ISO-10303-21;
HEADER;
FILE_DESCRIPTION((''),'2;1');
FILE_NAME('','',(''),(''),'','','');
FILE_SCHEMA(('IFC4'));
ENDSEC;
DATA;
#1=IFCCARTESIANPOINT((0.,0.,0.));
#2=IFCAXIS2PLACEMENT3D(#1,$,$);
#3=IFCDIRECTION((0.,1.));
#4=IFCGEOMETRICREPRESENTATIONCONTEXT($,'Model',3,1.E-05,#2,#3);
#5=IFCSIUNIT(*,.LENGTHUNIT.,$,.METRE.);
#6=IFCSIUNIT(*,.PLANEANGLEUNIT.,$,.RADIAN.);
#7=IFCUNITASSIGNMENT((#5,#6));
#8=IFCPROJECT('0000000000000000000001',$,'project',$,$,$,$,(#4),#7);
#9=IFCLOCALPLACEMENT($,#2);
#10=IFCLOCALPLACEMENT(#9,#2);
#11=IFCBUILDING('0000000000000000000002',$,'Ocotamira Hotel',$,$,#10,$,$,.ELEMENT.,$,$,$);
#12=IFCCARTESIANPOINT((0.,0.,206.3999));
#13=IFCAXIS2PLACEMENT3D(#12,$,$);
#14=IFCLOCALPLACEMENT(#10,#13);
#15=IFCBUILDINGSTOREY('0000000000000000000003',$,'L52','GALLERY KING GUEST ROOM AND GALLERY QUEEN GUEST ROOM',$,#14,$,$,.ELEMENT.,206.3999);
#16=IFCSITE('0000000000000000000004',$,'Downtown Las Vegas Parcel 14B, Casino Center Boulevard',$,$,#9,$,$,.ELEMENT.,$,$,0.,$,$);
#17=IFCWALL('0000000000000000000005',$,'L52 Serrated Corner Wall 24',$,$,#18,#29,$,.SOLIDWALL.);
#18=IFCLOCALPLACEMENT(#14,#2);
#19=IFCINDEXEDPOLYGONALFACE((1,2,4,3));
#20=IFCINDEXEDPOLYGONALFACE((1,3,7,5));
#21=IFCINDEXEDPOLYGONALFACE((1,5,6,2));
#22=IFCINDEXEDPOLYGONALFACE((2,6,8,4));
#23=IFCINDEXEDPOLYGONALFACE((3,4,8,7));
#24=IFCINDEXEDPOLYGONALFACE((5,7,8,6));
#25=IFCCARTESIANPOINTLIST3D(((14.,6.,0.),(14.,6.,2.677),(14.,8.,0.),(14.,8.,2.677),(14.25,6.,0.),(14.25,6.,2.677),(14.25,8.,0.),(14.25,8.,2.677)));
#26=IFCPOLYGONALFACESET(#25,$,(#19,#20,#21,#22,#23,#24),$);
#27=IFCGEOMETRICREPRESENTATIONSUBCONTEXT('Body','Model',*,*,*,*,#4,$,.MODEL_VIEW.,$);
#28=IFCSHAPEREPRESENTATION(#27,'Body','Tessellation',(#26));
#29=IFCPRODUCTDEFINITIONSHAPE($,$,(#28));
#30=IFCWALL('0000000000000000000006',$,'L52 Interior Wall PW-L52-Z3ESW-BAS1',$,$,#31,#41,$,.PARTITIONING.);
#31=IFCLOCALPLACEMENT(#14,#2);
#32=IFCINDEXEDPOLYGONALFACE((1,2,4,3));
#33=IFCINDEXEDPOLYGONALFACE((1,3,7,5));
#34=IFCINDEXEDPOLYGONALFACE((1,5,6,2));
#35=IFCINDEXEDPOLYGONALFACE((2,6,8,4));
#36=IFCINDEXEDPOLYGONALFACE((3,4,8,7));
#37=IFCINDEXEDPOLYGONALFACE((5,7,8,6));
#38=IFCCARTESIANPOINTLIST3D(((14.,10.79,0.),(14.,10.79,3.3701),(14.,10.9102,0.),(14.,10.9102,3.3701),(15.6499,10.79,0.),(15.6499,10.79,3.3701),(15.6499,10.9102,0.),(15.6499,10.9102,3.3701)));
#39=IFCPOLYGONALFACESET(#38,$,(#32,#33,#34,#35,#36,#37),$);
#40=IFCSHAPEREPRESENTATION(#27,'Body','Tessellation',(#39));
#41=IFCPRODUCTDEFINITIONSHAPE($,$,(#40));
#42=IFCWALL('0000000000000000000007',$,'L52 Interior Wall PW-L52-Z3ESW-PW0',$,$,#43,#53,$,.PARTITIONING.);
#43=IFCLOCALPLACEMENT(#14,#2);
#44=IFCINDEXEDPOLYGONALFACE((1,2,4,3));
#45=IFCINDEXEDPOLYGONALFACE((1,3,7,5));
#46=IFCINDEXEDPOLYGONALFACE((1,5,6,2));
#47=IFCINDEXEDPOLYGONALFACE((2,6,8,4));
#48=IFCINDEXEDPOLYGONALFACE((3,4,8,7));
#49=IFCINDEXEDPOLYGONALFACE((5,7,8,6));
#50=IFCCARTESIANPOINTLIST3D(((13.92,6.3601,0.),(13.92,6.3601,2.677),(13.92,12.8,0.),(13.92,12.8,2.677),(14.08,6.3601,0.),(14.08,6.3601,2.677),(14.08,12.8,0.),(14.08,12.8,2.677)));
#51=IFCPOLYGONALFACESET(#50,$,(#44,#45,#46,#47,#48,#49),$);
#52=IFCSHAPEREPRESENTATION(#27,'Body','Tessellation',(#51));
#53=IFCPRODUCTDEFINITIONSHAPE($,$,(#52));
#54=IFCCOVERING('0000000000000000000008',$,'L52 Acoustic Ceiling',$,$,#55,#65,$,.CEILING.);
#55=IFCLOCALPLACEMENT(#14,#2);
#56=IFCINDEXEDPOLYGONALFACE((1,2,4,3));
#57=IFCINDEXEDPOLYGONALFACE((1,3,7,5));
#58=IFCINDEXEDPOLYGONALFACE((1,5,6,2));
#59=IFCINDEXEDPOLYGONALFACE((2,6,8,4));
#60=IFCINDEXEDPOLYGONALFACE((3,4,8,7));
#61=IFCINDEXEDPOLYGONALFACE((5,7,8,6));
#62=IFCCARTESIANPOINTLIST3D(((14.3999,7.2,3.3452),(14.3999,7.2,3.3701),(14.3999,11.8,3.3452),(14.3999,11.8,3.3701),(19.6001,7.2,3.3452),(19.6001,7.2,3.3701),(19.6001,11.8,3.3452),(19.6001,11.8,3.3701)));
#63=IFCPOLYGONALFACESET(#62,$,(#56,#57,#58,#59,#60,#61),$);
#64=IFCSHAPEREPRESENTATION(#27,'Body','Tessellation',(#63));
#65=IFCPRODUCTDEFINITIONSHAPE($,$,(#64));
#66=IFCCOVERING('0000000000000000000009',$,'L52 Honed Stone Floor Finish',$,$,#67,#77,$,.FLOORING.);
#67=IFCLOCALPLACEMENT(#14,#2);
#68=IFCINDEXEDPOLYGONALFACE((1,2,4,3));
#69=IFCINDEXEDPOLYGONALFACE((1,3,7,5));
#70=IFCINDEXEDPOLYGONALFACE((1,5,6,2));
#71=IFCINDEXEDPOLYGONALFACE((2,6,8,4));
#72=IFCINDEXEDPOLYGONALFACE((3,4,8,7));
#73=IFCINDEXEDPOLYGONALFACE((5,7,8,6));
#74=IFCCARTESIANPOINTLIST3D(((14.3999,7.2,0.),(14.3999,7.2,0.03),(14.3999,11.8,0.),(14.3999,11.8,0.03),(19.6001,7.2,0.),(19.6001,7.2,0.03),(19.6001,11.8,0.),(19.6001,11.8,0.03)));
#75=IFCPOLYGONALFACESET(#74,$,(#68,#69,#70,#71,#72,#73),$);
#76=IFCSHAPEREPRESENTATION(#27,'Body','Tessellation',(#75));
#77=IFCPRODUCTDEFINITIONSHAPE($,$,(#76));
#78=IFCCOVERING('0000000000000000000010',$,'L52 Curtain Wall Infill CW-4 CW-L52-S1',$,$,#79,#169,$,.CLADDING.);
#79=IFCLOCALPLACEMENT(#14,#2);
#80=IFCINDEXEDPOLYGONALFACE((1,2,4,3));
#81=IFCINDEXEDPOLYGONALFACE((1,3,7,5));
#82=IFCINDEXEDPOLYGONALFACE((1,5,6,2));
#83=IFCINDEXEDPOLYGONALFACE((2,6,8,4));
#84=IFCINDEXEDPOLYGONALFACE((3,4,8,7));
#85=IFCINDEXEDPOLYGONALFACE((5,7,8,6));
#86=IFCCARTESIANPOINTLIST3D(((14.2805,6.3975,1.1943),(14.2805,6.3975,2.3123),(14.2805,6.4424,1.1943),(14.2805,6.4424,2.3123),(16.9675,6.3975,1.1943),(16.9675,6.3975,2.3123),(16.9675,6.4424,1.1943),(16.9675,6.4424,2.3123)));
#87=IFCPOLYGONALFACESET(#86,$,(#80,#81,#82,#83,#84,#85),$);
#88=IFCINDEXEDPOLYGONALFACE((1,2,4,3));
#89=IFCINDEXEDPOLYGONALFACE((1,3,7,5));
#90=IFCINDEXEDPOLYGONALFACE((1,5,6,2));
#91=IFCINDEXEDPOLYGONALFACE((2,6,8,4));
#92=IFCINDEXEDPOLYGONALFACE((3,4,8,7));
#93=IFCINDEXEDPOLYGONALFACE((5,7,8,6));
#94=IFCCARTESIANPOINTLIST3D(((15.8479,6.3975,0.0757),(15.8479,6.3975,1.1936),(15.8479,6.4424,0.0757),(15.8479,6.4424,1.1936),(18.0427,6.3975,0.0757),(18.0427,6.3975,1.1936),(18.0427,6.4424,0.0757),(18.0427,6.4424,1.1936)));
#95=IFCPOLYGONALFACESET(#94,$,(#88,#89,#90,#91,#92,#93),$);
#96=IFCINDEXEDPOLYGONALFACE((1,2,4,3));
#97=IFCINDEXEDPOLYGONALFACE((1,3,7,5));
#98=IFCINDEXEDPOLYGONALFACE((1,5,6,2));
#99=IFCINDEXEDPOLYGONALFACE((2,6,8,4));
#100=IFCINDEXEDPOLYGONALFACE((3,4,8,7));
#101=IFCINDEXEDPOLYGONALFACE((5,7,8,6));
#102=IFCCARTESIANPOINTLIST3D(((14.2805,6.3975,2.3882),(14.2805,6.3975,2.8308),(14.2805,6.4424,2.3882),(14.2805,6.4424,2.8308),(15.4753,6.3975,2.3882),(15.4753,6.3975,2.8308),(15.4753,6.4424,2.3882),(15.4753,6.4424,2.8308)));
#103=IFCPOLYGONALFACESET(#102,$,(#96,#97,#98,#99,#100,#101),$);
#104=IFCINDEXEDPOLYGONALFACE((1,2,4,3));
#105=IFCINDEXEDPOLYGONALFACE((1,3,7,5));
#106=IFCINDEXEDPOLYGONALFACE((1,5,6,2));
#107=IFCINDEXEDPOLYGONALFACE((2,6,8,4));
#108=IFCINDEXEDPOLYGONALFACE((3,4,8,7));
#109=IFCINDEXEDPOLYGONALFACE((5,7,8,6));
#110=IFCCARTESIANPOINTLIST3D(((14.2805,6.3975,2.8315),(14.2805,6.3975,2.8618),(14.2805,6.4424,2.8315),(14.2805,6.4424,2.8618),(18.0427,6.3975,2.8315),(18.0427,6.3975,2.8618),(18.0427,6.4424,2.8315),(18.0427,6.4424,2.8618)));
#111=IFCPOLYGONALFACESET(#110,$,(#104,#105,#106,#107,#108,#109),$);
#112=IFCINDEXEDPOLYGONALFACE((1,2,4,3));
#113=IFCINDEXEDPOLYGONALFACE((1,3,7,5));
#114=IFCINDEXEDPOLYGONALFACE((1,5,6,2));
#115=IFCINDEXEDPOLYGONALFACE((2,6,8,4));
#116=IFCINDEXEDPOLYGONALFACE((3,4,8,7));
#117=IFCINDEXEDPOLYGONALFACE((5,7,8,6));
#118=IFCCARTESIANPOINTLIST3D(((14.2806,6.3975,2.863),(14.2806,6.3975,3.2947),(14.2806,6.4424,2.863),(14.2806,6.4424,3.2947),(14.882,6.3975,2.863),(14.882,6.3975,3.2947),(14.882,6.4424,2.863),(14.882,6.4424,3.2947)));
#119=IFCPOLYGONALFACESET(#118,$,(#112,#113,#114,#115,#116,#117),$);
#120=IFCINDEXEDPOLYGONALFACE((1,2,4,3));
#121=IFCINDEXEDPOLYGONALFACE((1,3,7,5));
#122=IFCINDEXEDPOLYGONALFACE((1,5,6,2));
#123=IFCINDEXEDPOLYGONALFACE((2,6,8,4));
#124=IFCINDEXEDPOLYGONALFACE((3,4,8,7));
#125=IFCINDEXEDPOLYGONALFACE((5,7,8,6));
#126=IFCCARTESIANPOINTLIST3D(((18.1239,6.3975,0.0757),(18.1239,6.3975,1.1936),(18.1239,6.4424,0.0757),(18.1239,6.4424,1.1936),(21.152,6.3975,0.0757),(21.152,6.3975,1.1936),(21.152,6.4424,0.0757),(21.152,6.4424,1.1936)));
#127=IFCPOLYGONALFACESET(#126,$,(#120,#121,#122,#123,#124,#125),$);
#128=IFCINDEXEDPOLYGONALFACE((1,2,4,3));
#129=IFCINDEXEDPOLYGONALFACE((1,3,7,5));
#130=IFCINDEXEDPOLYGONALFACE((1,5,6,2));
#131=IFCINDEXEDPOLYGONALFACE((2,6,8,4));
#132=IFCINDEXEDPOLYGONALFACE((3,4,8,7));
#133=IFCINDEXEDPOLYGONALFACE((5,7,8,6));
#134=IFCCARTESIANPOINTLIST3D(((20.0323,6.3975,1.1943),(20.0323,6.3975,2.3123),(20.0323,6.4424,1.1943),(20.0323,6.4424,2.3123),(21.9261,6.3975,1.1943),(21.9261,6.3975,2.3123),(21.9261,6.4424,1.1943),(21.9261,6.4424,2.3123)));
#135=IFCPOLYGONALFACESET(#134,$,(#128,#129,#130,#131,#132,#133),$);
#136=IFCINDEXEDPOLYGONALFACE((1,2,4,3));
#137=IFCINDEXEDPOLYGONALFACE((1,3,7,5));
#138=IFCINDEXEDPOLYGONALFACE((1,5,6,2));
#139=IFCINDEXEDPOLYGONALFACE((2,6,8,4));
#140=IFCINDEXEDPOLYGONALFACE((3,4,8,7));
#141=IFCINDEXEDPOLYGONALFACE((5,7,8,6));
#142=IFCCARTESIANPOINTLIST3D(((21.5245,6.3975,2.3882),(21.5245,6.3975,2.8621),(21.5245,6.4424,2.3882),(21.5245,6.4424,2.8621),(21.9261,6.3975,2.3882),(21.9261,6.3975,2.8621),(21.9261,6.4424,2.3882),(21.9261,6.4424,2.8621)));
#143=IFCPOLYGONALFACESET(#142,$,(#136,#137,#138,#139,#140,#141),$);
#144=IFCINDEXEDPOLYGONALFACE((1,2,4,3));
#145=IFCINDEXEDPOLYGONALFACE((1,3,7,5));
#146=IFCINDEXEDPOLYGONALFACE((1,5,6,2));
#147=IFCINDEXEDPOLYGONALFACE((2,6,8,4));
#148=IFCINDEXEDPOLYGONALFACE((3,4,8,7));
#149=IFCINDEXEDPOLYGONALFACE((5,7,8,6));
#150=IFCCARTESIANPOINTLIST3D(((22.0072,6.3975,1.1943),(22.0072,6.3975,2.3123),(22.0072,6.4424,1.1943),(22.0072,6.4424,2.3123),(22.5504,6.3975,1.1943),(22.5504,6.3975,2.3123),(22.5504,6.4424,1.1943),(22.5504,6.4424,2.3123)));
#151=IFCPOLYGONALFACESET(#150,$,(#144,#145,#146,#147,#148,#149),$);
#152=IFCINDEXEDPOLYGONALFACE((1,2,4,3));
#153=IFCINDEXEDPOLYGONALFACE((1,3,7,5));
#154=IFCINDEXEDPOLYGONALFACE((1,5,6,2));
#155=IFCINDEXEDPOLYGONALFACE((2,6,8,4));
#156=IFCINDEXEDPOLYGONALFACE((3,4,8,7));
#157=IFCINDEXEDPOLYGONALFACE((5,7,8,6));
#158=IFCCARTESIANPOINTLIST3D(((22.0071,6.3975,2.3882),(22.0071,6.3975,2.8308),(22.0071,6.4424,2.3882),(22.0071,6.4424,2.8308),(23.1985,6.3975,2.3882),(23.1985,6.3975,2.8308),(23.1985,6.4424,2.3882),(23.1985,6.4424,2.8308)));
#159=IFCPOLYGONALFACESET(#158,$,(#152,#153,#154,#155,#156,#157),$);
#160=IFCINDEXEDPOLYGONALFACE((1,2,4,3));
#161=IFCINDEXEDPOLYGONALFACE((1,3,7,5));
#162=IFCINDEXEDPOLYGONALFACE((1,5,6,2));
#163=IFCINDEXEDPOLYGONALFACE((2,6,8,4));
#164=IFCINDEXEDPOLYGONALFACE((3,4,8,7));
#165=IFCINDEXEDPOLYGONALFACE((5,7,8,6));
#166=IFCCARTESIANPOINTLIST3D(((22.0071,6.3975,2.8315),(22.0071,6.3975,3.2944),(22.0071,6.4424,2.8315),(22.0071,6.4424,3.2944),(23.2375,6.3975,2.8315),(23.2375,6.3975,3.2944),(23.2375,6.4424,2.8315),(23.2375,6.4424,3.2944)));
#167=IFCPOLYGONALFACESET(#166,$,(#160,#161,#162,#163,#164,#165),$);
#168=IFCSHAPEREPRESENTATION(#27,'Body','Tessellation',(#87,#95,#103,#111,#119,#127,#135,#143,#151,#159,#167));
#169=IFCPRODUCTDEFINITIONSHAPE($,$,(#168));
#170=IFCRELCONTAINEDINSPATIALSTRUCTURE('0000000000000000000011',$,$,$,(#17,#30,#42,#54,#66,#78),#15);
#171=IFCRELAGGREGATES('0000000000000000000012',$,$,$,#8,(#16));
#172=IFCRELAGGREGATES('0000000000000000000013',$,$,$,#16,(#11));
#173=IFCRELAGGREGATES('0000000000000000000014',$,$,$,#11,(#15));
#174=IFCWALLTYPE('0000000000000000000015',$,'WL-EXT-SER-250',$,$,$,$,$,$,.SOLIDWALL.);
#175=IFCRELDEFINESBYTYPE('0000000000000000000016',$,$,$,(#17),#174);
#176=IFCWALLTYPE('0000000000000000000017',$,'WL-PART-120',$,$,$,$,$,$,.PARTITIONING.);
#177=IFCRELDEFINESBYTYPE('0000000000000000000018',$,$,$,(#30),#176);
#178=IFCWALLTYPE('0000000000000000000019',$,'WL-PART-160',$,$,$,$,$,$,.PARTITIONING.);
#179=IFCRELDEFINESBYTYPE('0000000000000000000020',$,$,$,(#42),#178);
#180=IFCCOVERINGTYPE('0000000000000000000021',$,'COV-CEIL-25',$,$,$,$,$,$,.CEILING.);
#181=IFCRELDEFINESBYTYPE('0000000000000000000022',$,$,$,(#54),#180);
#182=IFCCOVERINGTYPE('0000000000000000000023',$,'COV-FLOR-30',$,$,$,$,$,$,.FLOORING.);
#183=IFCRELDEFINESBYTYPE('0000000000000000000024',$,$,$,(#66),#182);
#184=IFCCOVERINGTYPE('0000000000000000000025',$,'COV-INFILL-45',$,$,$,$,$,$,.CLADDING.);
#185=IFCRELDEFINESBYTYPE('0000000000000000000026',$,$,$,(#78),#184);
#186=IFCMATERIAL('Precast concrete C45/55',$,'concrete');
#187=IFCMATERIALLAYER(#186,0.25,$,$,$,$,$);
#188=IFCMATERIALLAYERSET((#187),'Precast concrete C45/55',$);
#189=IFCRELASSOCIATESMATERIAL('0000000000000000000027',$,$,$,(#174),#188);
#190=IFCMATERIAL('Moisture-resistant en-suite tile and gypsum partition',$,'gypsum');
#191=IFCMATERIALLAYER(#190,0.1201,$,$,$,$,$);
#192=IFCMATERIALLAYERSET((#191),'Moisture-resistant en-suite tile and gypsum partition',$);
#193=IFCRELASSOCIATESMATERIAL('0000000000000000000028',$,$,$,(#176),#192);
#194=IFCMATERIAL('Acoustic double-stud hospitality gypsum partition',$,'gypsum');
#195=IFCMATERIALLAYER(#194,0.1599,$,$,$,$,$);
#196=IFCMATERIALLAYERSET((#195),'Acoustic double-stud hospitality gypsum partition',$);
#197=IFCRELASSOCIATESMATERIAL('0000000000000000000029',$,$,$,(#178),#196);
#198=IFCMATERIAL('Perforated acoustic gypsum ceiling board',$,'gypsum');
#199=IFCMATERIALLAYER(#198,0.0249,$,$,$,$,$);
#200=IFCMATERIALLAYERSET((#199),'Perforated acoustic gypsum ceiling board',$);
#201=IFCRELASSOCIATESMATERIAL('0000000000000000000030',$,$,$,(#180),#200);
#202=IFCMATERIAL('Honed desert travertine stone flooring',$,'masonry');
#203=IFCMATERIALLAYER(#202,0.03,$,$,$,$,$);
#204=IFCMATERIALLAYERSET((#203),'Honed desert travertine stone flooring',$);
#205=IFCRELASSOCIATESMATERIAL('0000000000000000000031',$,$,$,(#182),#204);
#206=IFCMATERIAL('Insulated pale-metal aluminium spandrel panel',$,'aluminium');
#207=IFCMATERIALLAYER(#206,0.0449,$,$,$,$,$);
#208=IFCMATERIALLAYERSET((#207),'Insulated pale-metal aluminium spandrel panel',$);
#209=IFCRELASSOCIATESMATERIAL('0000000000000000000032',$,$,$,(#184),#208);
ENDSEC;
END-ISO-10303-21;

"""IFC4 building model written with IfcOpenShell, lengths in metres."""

from ifc_helpers import new_model, si_unit, direction, frame, frame_2d, origin, origin_2d, place, context, subcontext, project, spatial, polyline, rectangle, outline, extrude, material, layer, layer_set, type_object, element, save


model = new_model("IFC4")

# Units and contexts
model_context = context("Model", 3, precision=1e-05, world=origin(), true_north=direction((0.0, 1.0)))
body_context = subcontext(model_context, "Body", "Model", "MODEL_VIEW")
ifc_project = project(units=[si_unit("LENGTHUNIT", "METRE"), si_unit("PLANEANGLEUNIT", "RADIAN")], contexts=[model_context])

# Site, building, storey
site_placement = place(None, origin())
site = spatial("IfcSite", under=ifc_project, at=site_placement, Name="Downtown Las Vegas Parcel 14B, Casino Center Boulevard", CompositionType="ELEMENT", RefElevation=0.0)
building_placement = place(site_placement, origin())
building = spatial("IfcBuilding", under=site, at=building_placement, Name="Ocotamira Hotel", CompositionType="ELEMENT")
storey_placement = place(building_placement, frame((0.0, 0.0, 206.3999)))
storey = spatial("IfcBuildingStorey", under=building, at=storey_placement, Name="L52", Description="GALLERY KING GUEST ROOM AND GALLERY QUEEN GUEST ROOM", CompositionType="ELEMENT", Elevation=206.3999)

# Walls
ifc_material_1 = material(Name="Precast concrete C45/55", Category="concrete")
ifc_layer_1 = layer(ifc_material_1, 0.25)
ifc_layer_set_1 = layer_set([ifc_layer_1], Name="Precast concrete C45/55")
wall_type_1 = type_object("IfcWallType", Name="WL-EXT-SER-250", PredefinedType="SOLIDWALL", material=ifc_layer_set_1)
wall_1_placement = place(storey_placement, frame((14.125, 8.0, 0.0), z_axis=(0.0, 0.0, 1.0), x_axis=(0.0, -1.0, 0.0)))
element("IfcWall", 1, at=wall_1_placement, inside=storey, type_object=wall_type_1, Name="L52 Serrated Corner Wall 24", PredefinedType="SOLIDWALL", context=body_context, shape_type="SweptSolid", body=[
    extrude(rectangle(XDim=2.0, YDim=0.25, at=frame_2d((1.0, 0.0))), origin(), (0.0, 0.0, 1.0), 2.677),
])
ifc_material_2 = material(Name="Moisture-resistant en-suite tile and gypsum partition", Category="gypsum")
ifc_layer_2 = layer(ifc_material_2, 0.1201)
ifc_layer_set_2 = layer_set([ifc_layer_2], Name="Moisture-resistant en-suite tile and gypsum partition")
wall_type_2 = type_object("IfcWallType", Name="WL-PART-120", PredefinedType="PARTITIONING", material=ifc_layer_set_2)
wall_2_placement = place(storey_placement, frame((14.0, 10.8501, 0.0), z_axis=(0.0, 0.0, 1.0), x_axis=(1.0, 0.0, 0.0)))
element("IfcWall", 2, at=wall_2_placement, inside=storey, type_object=wall_type_2, Name="L52 Interior Wall PW-L52-Z3ESW-BAS1", PredefinedType="PARTITIONING", context=body_context, shape_type="SweptSolid", body=[
    extrude(rectangle(XDim=1.6499, YDim=0.1201, at=frame_2d((0.825, 0.0))), origin(), (0.0, 0.0, 1.0), 3.3701),
])
ifc_material_3 = material(Name="Acoustic double-stud hospitality gypsum partition", Category="gypsum")
ifc_layer_3 = layer(ifc_material_3, 0.1599)
ifc_layer_set_3 = layer_set([ifc_layer_3], Name="Acoustic double-stud hospitality gypsum partition")
wall_type_3 = type_object("IfcWallType", Name="WL-PART-160", PredefinedType="PARTITIONING", material=ifc_layer_set_3)
wall_3_placement = place(storey_placement, frame((14.0, 6.3601, 0.0), z_axis=(0.0, 0.0, 1.0), x_axis=(0.0, 1.0, 0.0)))
element("IfcWall", 3, at=wall_3_placement, inside=storey, type_object=wall_type_3, Name="L52 Interior Wall PW-L52-Z3ESW-PW0", PredefinedType="PARTITIONING", context=body_context, shape_type="SweptSolid", body=[
    extrude(rectangle(XDim=6.4399, YDim=0.1599, at=frame_2d((3.22, 0.0))), origin(), (0.0, 0.0, 1.0), 2.677),
])

# Coverings
ifc_material_4 = material(Name="Perforated acoustic gypsum ceiling board", Category="gypsum")
ifc_layer_4 = layer(ifc_material_4, 0.0249)
ifc_layer_set_4 = layer_set([ifc_layer_4], Name="Perforated acoustic gypsum ceiling board")
covering_type_1 = type_object("IfcCoveringType", Name="COV-CEIL-25", PredefinedType="CEILING", material=ifc_layer_set_4)
covering_1_placement = place(storey_placement, frame((0.0, 0.0, 3.3452)))
element("IfcCovering", 4, at=covering_1_placement, inside=storey, type_object=covering_type_1, Name="L52 Acoustic Ceiling", PredefinedType="CEILING", context=body_context, shape_type="SweptSolid", body=[
    extrude(outline(polyline([(14.3999, 7.2), (19.6001, 7.2), (19.6001, 11.8), (14.3999, 11.8), (14.3999, 7.2)])), origin(), (0.0, 0.0, 1.0), 0.0249),
])
ifc_material_5 = material(Name="Honed desert travertine stone flooring", Category="masonry")
ifc_layer_5 = layer(ifc_material_5, 0.03)
ifc_layer_set_5 = layer_set([ifc_layer_5], Name="Honed desert travertine stone flooring")
covering_type_2 = type_object("IfcCoveringType", Name="COV-FLOR-30", PredefinedType="FLOORING", material=ifc_layer_set_5)
covering_2_placement = place(storey_placement, origin())
element("IfcCovering", 5, at=covering_2_placement, inside=storey, type_object=covering_type_2, Name="L52 Honed Stone Floor Finish", PredefinedType="FLOORING", context=body_context, shape_type="SweptSolid", body=[
    extrude(outline(polyline([(14.3999, 7.2), (19.6001, 7.2), (19.6001, 11.8), (14.3999, 11.8), (14.3999, 7.2)])), origin(), (0.0, 0.0, 1.0), 0.03),
])
ifc_material_6 = material(Name="Insulated pale-metal aluminium spandrel panel", Category="aluminium")
ifc_layer_6 = layer(ifc_material_6, 0.0449)
ifc_layer_set_6 = layer_set([ifc_layer_6], Name="Insulated pale-metal aluminium spandrel panel")
covering_type_3 = type_object("IfcCoveringType", Name="COV-INFILL-45", PredefinedType="CLADDING", material=ifc_layer_set_6)
covering_3_placement = place(storey_placement, origin())
element("IfcCovering", 6, at=covering_3_placement, inside=storey, type_object=covering_type_3, Name="L52 Curtain Wall Infill CW-4 CW-L52-S1", PredefinedType="CLADDING", context=body_context, shape_type="SweptSolid", body=[
    extrude(rectangle(XDim=2.687, YDim=0.0449, at=origin_2d()), frame((15.624, 6.4199, 1.1943), z_axis=(0.0, 0.0, 1.0), x_axis=(1.0, 0.0, 0.0)), (0.0, 0.0, 1.0), 1.1179),
    extrude(rectangle(XDim=2.1948, YDim=0.0449, at=origin_2d()), frame((16.9453, 6.4199, 0.0757), z_axis=(0.0, 0.0, 1.0), x_axis=(1.0, 0.0, 0.0)), (0.0, 0.0, 1.0), 1.1179),
    extrude(rectangle(XDim=1.1948, YDim=0.0449, at=origin_2d()), frame((14.8779, 6.4199, 2.3882), z_axis=(0.0, 0.0, 1.0), x_axis=(1.0, 0.0, 0.0)), (0.0, 0.0, 1.0), 0.4426),
    extrude(rectangle(XDim=3.7622, YDim=0.0449, at=origin_2d()), frame((16.1616, 6.4199, 2.8315), z_axis=(0.0, 0.0, 1.0), x_axis=(1.0, 0.0, 0.0)), (0.0, 0.0, 1.0), 0.0303),
    extrude(rectangle(XDim=0.6013, YDim=0.0449, at=origin_2d()), frame((14.5813, 6.4199, 2.863), z_axis=(0.0, 0.0, 1.0), x_axis=(1.0, 0.0, 0.0)), (0.0, 0.0, 1.0), 0.4316),
    extrude(rectangle(XDim=3.0281, YDim=0.0449, at=origin_2d()), frame((19.6379, 6.4199, 0.0757), z_axis=(0.0, 0.0, 1.0), x_axis=(1.0, 0.0, 0.0)), (0.0, 0.0, 1.0), 1.1179),
    extrude(rectangle(XDim=1.8938, YDim=0.0449, at=origin_2d()), frame((20.9792, 6.4199, 1.1943), z_axis=(0.0, 0.0, 1.0), x_axis=(1.0, 0.0, 0.0)), (0.0, 0.0, 1.0), 1.1179),
    extrude(rectangle(XDim=0.4016, YDim=0.0449, at=origin_2d()), frame((21.7253, 6.4199, 2.3882), z_axis=(0.0, 0.0, 1.0), x_axis=(1.0, 0.0, 0.0)), (0.0, 0.0, 1.0), 0.4739),
    extrude(rectangle(XDim=0.5432, YDim=0.0449, at=origin_2d()), frame((22.2788, 6.4199, 1.1943), z_axis=(0.0, 0.0, 1.0), x_axis=(1.0, 0.0, 0.0)), (0.0, 0.0, 1.0), 1.1179),
    extrude(rectangle(XDim=1.1914, YDim=0.0449, at=origin_2d()), frame((22.6028, 6.4199, 2.3882), z_axis=(0.0, 0.0, 1.0), x_axis=(1.0, 0.0, 0.0)), (0.0, 0.0, 1.0), 0.4426),
    extrude(rectangle(XDim=1.2305, YDim=0.0449, at=origin_2d()), frame((22.6223, 6.4199, 2.8315), z_axis=(0.0, 0.0, 1.0), x_axis=(1.0, 0.0, 0.0)), (0.0, 0.0, 1.0), 0.4629),
])

save(model, "model.ifc")
